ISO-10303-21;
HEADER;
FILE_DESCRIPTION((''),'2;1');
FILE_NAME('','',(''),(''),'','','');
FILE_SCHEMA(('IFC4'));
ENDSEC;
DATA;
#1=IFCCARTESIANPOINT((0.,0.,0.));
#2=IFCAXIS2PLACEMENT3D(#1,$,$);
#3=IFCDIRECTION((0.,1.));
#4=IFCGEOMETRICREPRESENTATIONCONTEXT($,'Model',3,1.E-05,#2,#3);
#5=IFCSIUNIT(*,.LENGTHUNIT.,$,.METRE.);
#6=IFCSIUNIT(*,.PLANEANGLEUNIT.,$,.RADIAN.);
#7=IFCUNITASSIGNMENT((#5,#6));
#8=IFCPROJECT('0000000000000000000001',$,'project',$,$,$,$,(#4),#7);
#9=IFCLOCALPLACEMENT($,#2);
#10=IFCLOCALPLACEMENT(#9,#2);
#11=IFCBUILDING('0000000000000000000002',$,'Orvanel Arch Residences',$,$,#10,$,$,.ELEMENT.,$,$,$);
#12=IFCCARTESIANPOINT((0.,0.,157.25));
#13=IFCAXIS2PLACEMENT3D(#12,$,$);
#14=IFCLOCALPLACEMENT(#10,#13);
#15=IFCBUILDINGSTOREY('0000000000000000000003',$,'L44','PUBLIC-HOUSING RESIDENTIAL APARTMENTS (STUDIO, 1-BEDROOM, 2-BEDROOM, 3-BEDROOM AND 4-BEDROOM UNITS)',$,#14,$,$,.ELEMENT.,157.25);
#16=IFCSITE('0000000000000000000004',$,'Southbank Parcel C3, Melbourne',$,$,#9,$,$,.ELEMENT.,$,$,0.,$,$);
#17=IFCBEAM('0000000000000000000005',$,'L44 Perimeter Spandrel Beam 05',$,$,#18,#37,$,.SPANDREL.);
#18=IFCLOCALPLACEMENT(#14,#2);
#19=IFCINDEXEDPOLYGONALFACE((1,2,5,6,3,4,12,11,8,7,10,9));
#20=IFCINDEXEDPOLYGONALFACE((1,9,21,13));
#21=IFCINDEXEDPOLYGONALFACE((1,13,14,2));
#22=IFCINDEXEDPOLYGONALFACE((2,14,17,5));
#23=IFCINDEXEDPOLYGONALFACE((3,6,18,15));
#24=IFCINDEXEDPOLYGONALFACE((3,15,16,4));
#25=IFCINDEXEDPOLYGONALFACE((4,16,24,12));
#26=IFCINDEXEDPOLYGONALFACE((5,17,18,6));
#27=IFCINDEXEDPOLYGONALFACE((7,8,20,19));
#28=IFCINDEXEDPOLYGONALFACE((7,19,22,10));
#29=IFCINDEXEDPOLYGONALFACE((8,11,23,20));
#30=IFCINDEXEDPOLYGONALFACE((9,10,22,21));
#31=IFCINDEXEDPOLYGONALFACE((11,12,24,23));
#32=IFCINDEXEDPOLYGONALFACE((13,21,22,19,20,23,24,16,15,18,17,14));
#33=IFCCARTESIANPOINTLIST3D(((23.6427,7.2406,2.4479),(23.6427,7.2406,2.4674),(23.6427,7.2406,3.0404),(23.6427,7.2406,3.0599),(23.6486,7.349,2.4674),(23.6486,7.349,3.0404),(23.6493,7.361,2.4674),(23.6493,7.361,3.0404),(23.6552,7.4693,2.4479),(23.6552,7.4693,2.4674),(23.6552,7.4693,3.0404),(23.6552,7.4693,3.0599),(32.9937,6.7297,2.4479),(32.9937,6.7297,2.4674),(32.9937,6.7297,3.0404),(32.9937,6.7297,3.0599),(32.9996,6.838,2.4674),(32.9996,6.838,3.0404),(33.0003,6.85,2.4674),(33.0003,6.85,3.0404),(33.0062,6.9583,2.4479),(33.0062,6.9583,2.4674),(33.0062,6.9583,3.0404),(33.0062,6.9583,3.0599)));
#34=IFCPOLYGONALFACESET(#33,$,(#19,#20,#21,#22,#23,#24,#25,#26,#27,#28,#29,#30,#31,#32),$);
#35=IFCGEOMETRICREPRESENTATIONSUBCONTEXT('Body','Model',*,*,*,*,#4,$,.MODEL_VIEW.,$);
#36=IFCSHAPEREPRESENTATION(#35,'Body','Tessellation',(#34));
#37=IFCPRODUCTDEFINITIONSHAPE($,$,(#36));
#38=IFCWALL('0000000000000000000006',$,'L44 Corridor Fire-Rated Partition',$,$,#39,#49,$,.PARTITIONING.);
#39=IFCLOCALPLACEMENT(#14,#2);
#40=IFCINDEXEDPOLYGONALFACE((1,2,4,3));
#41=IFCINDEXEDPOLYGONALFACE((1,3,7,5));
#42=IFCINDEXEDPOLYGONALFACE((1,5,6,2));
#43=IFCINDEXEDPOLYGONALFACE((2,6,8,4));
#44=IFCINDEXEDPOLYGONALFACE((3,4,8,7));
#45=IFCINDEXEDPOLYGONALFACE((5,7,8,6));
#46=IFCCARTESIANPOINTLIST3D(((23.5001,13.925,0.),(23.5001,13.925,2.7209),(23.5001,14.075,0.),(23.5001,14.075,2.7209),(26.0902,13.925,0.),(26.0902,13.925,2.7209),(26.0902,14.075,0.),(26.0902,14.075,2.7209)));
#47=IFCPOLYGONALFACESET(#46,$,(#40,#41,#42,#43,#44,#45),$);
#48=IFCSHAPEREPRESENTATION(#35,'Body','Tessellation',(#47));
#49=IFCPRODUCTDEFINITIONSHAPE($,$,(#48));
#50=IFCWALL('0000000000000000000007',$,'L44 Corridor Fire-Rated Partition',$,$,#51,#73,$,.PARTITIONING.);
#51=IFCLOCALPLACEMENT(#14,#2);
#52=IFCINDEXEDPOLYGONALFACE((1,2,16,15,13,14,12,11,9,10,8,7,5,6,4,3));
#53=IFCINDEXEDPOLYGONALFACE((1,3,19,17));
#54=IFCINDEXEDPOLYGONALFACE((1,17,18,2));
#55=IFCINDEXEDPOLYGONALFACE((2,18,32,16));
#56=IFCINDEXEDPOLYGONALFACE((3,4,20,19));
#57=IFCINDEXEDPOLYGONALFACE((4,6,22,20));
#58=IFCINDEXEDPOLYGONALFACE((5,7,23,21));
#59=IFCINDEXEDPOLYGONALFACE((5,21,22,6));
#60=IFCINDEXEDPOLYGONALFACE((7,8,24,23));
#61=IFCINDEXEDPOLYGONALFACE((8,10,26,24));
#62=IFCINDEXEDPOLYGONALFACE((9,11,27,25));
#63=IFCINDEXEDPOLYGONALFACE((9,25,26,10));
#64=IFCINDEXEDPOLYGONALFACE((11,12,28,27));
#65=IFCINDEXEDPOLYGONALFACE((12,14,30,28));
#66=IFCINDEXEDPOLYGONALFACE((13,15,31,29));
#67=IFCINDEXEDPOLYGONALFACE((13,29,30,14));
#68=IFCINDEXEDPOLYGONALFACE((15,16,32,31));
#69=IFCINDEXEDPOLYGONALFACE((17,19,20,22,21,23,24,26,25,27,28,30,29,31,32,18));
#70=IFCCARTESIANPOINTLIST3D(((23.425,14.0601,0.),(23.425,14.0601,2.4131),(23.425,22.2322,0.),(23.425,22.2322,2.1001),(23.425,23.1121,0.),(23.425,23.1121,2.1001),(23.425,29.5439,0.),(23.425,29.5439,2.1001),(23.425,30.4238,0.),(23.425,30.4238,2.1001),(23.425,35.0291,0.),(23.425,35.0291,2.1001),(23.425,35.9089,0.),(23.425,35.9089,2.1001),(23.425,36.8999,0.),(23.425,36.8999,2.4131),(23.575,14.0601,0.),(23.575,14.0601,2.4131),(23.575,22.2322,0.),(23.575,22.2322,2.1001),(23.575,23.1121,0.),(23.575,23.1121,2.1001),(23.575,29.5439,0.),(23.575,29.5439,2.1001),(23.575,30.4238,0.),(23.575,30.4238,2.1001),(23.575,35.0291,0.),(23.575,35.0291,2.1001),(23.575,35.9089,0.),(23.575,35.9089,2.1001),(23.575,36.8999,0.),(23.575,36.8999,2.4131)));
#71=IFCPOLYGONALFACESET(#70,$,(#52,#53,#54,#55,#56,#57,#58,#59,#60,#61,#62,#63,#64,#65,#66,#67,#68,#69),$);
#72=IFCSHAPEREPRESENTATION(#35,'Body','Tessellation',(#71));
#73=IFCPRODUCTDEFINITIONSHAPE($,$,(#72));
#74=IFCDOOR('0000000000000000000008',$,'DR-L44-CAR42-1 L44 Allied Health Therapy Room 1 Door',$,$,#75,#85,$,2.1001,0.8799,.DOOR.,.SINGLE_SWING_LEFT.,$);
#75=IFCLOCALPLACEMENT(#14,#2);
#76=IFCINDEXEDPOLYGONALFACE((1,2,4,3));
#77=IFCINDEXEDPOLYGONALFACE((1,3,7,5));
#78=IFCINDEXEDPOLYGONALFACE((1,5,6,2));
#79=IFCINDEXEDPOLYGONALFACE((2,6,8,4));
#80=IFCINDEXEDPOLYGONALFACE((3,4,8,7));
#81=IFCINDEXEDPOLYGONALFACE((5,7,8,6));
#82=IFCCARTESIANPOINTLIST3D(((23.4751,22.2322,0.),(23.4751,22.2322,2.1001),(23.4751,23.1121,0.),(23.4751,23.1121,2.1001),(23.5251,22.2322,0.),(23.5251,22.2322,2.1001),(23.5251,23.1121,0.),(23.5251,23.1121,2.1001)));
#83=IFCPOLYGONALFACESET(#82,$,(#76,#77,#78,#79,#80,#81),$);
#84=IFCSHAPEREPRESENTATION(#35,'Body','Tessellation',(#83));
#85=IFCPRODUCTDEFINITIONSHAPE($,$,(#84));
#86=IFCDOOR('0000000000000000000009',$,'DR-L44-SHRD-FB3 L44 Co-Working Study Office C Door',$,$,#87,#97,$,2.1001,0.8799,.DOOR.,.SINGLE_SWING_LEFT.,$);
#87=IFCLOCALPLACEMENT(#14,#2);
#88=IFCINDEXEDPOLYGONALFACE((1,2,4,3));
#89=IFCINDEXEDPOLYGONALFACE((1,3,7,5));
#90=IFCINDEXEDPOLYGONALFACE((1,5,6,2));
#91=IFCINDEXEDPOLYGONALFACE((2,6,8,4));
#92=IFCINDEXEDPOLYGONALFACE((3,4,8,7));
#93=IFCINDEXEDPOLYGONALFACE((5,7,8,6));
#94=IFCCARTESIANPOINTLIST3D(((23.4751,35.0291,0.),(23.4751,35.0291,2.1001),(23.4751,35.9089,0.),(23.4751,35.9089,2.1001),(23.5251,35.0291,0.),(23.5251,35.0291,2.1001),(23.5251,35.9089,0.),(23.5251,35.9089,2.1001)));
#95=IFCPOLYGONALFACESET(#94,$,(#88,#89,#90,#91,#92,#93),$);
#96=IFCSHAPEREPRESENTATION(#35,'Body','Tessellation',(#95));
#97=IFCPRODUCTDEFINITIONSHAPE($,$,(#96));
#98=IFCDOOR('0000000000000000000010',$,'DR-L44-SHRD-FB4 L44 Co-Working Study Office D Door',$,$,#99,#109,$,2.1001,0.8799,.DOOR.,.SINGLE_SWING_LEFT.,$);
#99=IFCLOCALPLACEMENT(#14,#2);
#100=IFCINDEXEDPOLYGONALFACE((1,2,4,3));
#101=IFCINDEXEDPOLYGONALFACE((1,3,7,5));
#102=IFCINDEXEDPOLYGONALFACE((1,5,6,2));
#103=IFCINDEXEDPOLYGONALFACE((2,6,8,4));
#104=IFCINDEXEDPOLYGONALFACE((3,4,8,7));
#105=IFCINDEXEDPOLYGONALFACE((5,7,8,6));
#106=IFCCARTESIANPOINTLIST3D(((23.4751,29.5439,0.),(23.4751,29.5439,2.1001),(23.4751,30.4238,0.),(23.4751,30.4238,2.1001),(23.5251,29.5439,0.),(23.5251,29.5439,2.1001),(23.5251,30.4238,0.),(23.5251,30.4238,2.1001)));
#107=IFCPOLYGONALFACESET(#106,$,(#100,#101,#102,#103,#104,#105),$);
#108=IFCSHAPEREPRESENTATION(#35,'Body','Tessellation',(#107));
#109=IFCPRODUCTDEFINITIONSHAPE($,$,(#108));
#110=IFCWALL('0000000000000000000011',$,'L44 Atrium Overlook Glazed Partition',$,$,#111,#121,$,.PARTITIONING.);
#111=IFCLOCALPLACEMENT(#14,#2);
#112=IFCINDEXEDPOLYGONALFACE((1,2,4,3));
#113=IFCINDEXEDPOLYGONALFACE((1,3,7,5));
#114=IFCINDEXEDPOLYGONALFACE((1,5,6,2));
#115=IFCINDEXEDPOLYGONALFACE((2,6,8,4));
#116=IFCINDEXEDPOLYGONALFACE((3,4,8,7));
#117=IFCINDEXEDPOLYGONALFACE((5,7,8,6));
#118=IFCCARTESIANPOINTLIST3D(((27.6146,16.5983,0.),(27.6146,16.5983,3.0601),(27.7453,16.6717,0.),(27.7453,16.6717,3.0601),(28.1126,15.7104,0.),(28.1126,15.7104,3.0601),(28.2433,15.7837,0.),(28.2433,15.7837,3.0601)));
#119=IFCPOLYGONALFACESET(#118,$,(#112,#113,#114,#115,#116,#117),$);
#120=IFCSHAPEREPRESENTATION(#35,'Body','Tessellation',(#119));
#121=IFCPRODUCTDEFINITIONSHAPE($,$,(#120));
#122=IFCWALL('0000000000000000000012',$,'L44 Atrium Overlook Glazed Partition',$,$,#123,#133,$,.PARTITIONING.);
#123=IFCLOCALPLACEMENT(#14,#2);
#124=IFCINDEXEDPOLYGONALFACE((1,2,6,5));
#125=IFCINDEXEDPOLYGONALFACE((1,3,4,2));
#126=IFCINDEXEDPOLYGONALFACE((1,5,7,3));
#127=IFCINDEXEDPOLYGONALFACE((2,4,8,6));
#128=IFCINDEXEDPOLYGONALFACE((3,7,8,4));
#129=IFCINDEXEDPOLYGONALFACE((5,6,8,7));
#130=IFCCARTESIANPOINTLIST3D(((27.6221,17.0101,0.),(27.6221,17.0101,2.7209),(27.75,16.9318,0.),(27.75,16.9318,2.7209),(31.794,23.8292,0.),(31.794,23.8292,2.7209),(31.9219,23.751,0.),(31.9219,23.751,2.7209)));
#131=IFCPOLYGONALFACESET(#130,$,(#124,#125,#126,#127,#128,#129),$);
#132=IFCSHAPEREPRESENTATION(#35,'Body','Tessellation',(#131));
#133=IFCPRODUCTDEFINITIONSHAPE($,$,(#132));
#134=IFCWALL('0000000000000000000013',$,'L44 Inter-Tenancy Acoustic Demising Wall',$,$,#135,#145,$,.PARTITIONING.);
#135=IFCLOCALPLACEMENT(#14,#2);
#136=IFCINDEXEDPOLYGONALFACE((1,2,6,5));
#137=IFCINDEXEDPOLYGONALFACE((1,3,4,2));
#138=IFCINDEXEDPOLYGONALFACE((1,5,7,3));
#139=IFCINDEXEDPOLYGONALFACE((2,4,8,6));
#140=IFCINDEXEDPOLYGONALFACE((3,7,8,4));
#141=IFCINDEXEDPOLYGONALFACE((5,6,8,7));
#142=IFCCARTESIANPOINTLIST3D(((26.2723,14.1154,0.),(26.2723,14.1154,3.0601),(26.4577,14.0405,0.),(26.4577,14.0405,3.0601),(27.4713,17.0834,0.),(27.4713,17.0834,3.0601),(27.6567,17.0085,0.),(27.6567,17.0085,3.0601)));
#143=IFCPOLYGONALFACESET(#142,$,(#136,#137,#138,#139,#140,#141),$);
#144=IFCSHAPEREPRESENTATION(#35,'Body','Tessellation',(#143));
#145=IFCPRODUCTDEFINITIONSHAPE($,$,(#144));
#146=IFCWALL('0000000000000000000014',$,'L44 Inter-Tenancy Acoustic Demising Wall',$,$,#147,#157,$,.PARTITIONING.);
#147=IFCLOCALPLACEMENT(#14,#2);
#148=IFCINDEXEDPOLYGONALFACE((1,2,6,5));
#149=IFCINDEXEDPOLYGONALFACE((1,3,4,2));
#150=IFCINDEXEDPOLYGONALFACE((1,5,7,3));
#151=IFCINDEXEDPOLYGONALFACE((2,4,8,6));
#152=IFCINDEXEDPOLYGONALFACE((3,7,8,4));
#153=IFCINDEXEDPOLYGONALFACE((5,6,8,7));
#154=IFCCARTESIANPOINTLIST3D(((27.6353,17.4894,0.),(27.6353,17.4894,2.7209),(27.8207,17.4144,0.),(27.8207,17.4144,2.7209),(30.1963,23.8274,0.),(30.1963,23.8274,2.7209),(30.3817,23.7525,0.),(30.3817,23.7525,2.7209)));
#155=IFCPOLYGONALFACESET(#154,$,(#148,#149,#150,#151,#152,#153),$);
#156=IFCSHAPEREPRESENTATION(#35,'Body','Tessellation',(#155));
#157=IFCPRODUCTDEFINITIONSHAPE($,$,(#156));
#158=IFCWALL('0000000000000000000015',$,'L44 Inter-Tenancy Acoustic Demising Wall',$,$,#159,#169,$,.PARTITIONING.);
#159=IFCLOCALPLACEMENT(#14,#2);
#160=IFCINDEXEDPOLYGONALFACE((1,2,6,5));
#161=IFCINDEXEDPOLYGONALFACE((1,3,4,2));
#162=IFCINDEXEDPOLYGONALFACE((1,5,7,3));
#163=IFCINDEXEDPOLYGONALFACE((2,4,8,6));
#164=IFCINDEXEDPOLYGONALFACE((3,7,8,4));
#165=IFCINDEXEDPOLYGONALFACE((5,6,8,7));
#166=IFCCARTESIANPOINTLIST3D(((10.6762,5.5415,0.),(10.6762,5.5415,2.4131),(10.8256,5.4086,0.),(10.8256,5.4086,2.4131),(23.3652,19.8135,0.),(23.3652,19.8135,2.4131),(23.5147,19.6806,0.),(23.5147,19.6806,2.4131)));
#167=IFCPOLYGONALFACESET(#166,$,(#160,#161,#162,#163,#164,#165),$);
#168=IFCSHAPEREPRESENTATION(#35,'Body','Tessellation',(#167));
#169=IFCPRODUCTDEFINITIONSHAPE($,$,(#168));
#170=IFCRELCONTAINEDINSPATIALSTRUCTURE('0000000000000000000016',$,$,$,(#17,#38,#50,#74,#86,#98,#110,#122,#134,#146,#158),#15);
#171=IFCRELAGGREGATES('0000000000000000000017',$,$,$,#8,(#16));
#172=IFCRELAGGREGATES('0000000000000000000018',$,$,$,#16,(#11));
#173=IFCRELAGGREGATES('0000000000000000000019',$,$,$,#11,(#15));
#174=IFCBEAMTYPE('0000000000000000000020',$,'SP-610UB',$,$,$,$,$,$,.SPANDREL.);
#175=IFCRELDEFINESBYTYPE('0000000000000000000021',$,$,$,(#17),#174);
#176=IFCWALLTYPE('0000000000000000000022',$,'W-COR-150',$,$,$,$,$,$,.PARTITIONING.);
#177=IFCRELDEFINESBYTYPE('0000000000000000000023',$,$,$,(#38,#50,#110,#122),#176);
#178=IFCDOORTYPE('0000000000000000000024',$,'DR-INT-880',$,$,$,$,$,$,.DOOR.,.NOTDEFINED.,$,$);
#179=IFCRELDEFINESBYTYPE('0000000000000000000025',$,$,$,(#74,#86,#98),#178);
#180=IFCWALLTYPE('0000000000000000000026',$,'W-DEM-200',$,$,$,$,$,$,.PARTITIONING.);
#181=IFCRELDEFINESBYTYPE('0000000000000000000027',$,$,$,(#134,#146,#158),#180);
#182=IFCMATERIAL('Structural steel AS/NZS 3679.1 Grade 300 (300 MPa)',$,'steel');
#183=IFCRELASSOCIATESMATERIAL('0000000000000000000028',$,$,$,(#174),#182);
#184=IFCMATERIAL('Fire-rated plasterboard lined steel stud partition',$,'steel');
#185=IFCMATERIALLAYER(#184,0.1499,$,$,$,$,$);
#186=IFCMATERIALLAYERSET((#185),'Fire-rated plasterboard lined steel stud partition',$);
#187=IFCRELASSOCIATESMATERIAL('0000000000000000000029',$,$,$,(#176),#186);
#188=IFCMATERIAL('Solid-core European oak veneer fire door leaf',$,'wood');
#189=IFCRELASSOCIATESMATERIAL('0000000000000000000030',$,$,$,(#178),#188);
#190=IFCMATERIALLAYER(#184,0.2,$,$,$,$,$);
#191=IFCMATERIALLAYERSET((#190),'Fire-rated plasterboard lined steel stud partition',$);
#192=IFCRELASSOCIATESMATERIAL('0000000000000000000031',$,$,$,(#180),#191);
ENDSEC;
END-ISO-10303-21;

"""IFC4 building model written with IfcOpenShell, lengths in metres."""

from ifc_helpers import new_model, si_unit, direction, frame, frame_2d, origin, origin_2d, place, context, subcontext, project, spatial, rectangle, i_section, extrude, material, layer, layer_set, material_profile, profile_set, type_object, element, fill, save


model = new_model("IFC4")

# Units and contexts
model_context = context("Model", 3, precision=1e-05, world=origin(), true_north=direction((0.0, 1.0)))
body_context = subcontext(model_context, "Body", "Model", "MODEL_VIEW")
ifc_project = project(units=[si_unit("LENGTHUNIT", "METRE"), si_unit("PLANEANGLEUNIT", "RADIAN")], contexts=[model_context])

# Site, building, storey
site_placement = place(None, origin())
site = spatial("IfcSite", under=ifc_project, at=site_placement, Name="Southbank Parcel C3, Melbourne", CompositionType="ELEMENT", RefElevation=0.0)
building_placement = place(site_placement, origin())
building = spatial("IfcBuilding", under=site, at=building_placement, Name="Orvanel Arch Residences", CompositionType="ELEMENT")
storey_placement = place(building_placement, frame((0.0, 0.0, 157.25)))
storey = spatial("IfcBuildingStorey", under=building, at=storey_placement, Name="L44", Description="PUBLIC-HOUSING RESIDENTIAL APARTMENTS (STUDIO, 1-BEDROOM, 2-BEDROOM, 3-BEDROOM AND 4-BEDROOM UNITS)", CompositionType="ELEMENT", Elevation=157.25)

# Beam
ifc_material_1 = material(Name="Structural steel AS/NZS 3679.1 Grade 300 (300 MPa)", Category="steel")
ifc_material_profile_1 = material_profile(ifc_material_1, i_section(OverallWidth=0.229, OverallDepth=0.6121, WebThickness=0.012, FlangeThickness=0.0195, at=origin_2d()), Name="610UB125")
ifc_profile_set_1 = profile_set([ifc_material_profile_1], Name="Structural steel AS/NZS 3679.1 Grade 300 (300 MPa)")
beam_type_1 = type_object("IfcBeamType", Name="SP-610UB", PredefinedType="SPANDREL", material=ifc_profile_set_1)
beam_1_placement = place(storey_placement, frame((23.6489, 7.355, 2.7539), z_axis=(0.99851, -0.054563, 0.0), x_axis=(0.054563, 0.99851, 0.0)))
element("IfcBeam", 1, at=beam_1_placement, inside=storey, type_object=beam_type_1, Name="L44 Perimeter Spandrel Beam 05", PredefinedType="SPANDREL", context=body_context, shape_type="SweptSolid", body=[
    extrude(i_section(OverallWidth=0.229, OverallDepth=0.6121, WebThickness=0.012, FlangeThickness=0.0195, at=origin_2d()), origin(), (0.0, 0.0, 1.0), 9.365),
])

# Wall
ifc_material_2 = material(Name="Fire-rated plasterboard lined steel stud partition", Category="steel")
ifc_layer_1 = layer(ifc_material_2, 0.1499)
ifc_layer_set_1 = layer_set([ifc_layer_1], Name="Fire-rated plasterboard lined steel stud partition")
wall_type_1 = type_object("IfcWallType", Name="W-COR-150", PredefinedType="PARTITIONING", material=ifc_layer_set_1)
wall_1_placement = place(storey_placement, frame((26.0901, 14.0, 0.0), z_axis=(0.0, 0.0, 1.0), x_axis=(-1.0, 0.0, 0.0)))
element("IfcWall", 2, at=wall_1_placement, inside=storey, type_object=wall_type_1, Name="L44 Corridor Fire-Rated Partition", PredefinedType="PARTITIONING", context=body_context, shape_type="SweptSolid", body=[
    extrude(rectangle(XDim=2.5901, YDim=0.1499, at=frame_2d((1.2949, 0.0))), origin(), (0.0, 0.0, 1.0), 2.7209),
])

# Wall, openings, doors
wall_2_placement = place(storey_placement, frame((23.5, 14.0601, 0.0), z_axis=(0.0, 0.0, 1.0), x_axis=(0.0, 1.0, 0.0)))
wall_2 = element("IfcWall", 3, at=wall_2_placement, inside=storey, type_object=wall_type_1, Name="L44 Corridor Fire-Rated Partition", PredefinedType="PARTITIONING", context=body_context, shape_type="SweptSolid", body=[
    extrude(rectangle(XDim=22.8398, YDim=0.1499, at=frame_2d((11.4199, 0.0))), origin(), (0.0, 0.0, 1.0), 2.4131),
])
opening_1_placement = place(wall_2_placement, frame((8.1721, 0.0, 0.0)))
opening_1 = element("IfcOpeningElement", 4, at=opening_1_placement, cuts=wall_2, PredefinedType="OPENING", context=body_context, shape_type="SweptSolid", body=[
    extrude(rectangle(XDim=0.8799, YDim=2.1001, at=frame_2d((0.4399, 1.05))), frame((0.0, 0.085, 0.0), z_axis=(0.0, -1.0, 0.0), x_axis=(1.0, 0.0, 0.0)), (0.0, 0.0, 1.0), 0.1699),
])
opening_2_placement = place(wall_2_placement, frame((20.969, 0.0, 0.0)))
opening_2 = element("IfcOpeningElement", 5, at=opening_2_placement, cuts=wall_2, PredefinedType="OPENING", context=body_context, shape_type="SweptSolid", body=[
    extrude(rectangle(XDim=0.8799, YDim=2.1001, at=frame_2d((0.4399, 1.05))), frame((0.0, 0.085, 0.0), z_axis=(0.0, -1.0, 0.0), x_axis=(1.0, 0.0, 0.0)), (0.0, 0.0, 1.0), 0.1699),
])
opening_3_placement = place(wall_2_placement, frame((15.4839, 0.0, 0.0)))
opening_3 = element("IfcOpeningElement", 6, at=opening_3_placement, cuts=wall_2, PredefinedType="OPENING", context=body_context, shape_type="SweptSolid", body=[
    extrude(rectangle(XDim=0.8799, YDim=2.1001, at=frame_2d((0.4399, 1.05))), frame((0.0, 0.085, 0.0), z_axis=(0.0, -1.0, 0.0), x_axis=(1.0, 0.0, 0.0)), (0.0, 0.0, 1.0), 0.1699),
])
ifc_material_3 = material(Name="Solid-core European oak veneer fire door leaf", Category="wood")
door_type_1 = type_object("IfcDoorType", Name="DR-INT-880", OperationType="NOTDEFINED", PredefinedType="DOOR", material=ifc_material_3)
door_1_placement = place(opening_1_placement, origin())
door_1 = element("IfcDoor", 7, at=door_1_placement, inside=storey, type_object=door_type_1, Name="DR-L44-CAR42-1 L44 Allied Health Therapy Room 1 Door", OperationType="SINGLE_SWING_LEFT", OverallHeight=2.1001, OverallWidth=0.8799, PredefinedType="DOOR", context=body_context, shape_type="SweptSolid", body=[
    extrude(rectangle(XDim=0.8799, YDim=2.1001, at=frame_2d((0.4399, 1.05))), frame((0.0, 0.0249, 0.0), z_axis=(0.0, -1.0, 0.0), x_axis=(1.0, 0.0, 0.0)), (0.0, 0.0, 1.0), 0.05),
])
fill(opening_1, door_1)
door_2_placement = place(opening_2_placement, origin())
door_2 = element("IfcDoor", 8, at=door_2_placement, inside=storey, type_object=door_type_1, Name="DR-L44-SHRD-FB3 L44 Co-Working Study Office C Door", OperationType="SINGLE_SWING_LEFT", OverallHeight=2.1001, OverallWidth=0.8799, PredefinedType="DOOR", context=body_context, shape_type="SweptSolid", body=[
    extrude(rectangle(XDim=0.8799, YDim=2.1001, at=frame_2d((0.4399, 1.05))), frame((0.0, 0.0249, 0.0), z_axis=(0.0, -1.0, 0.0), x_axis=(1.0, 0.0, 0.0)), (0.0, 0.0, 1.0), 0.05),
])
fill(opening_2, door_2)
door_3_placement = place(opening_3_placement, origin())
door_3 = element("IfcDoor", 9, at=door_3_placement, inside=storey, type_object=door_type_1, Name="DR-L44-SHRD-FB4 L44 Co-Working Study Office D Door", OperationType="SINGLE_SWING_LEFT", OverallHeight=2.1001, OverallWidth=0.8799, PredefinedType="DOOR", context=body_context, shape_type="SweptSolid", body=[
    extrude(rectangle(XDim=0.8799, YDim=2.1001, at=frame_2d((0.4399, 1.05))), frame((0.0, 0.0249, 0.0), z_axis=(0.0, -1.0, 0.0), x_axis=(1.0, 0.0, 0.0)), (0.0, 0.0, 1.0), 0.05),
])
fill(opening_3, door_3)

# Walls
wall_3_placement = place(storey_placement, frame((28.178, 15.7471, 0.0), z_axis=(0.0, 0.0, 1.0), x_axis=(-0.489202, 0.87217, 0.0)))
element("IfcWall", 10, at=wall_3_placement, inside=storey, type_object=wall_type_1, Name="L44 Atrium Overlook Glazed Partition", PredefinedType="PARTITIONING", context=body_context, shape_type="SweptSolid", body=[
    extrude(rectangle(XDim=1.0181, YDim=0.1499, at=frame_2d((0.509, 0.0))), origin(), (0.0, 0.0, 1.0), 3.0601),
])
wall_4_placement = place(storey_placement, frame((27.686, 16.9709, 0.0), z_axis=(0.0, 0.0, 1.0), x_axis=(0.521874, 0.853023, 0.0)))
element("IfcWall", 11, at=wall_4_placement, inside=storey, type_object=wall_type_1, Name="L44 Atrium Overlook Glazed Partition", PredefinedType="PARTITIONING", context=body_context, shape_type="SweptSolid", body=[
    extrude(rectangle(XDim=7.9941, YDim=0.1499, at=frame_2d((3.9971, 0.0))), origin(), (0.0, 0.0, 1.0), 2.7209),
])
ifc_layer_2 = layer(ifc_material_2, 0.2)
ifc_layer_set_2 = layer_set([ifc_layer_2], Name="Fire-rated plasterboard lined steel stud partition")
wall_type_2 = type_object("IfcWallType", Name="W-DEM-200", PredefinedType="PARTITIONING", material=ifc_layer_set_2)
wall_5_placement = place(storey_placement, frame((26.365, 14.0779, 0.0), z_axis=(0.0, 0.0, 1.0), x_axis=(0.374558, 0.927204, 0.0)))
element("IfcWall", 12, at=wall_5_placement, inside=storey, type_object=wall_type_2, Name="L44 Inter-Tenancy Acoustic Demising Wall", PredefinedType="PARTITIONING", context=body_context, shape_type="SweptSolid", body=[
    extrude(rectangle(XDim=3.2009, YDim=0.2, at=frame_2d((1.6006, 0.0))), origin(), (0.0, 0.0, 1.0), 3.0601),
])
wall_6_placement = place(storey_placement, frame((27.728, 17.4519, 0.0), z_axis=(0.0, 0.0, 1.0), x_axis=(0.37464, 0.927171, 0.0)))
element("IfcWall", 13, at=wall_6_placement, inside=storey, type_object=wall_type_2, Name="L44 Inter-Tenancy Acoustic Demising Wall", PredefinedType="PARTITIONING", context=body_context, shape_type="SweptSolid", body=[
    extrude(rectangle(XDim=6.8359, YDim=0.2, at=frame_2d((3.418, 0.0))), origin(), (0.0, 0.0, 1.0), 2.7209),
])
wall_7_placement = place(storey_placement, frame((23.4399, 19.7471, 0.0), z_axis=(0.0, 0.0, 1.0), x_axis=(-0.664445, -0.747337, 0.0)))
element("IfcWall", 14, at=wall_7_placement, inside=storey, type_object=wall_type_2, Name="L44 Inter-Tenancy Acoustic Demising Wall", PredefinedType="PARTITIONING", context=body_context, shape_type="SweptSolid", body=[
    extrude(rectangle(XDim=19.0972, YDim=0.2, at=frame_2d((9.5486, 0.0))), origin(), (0.0, 0.0, 1.0), 2.4131),
])

save(model, "model.ifc")
